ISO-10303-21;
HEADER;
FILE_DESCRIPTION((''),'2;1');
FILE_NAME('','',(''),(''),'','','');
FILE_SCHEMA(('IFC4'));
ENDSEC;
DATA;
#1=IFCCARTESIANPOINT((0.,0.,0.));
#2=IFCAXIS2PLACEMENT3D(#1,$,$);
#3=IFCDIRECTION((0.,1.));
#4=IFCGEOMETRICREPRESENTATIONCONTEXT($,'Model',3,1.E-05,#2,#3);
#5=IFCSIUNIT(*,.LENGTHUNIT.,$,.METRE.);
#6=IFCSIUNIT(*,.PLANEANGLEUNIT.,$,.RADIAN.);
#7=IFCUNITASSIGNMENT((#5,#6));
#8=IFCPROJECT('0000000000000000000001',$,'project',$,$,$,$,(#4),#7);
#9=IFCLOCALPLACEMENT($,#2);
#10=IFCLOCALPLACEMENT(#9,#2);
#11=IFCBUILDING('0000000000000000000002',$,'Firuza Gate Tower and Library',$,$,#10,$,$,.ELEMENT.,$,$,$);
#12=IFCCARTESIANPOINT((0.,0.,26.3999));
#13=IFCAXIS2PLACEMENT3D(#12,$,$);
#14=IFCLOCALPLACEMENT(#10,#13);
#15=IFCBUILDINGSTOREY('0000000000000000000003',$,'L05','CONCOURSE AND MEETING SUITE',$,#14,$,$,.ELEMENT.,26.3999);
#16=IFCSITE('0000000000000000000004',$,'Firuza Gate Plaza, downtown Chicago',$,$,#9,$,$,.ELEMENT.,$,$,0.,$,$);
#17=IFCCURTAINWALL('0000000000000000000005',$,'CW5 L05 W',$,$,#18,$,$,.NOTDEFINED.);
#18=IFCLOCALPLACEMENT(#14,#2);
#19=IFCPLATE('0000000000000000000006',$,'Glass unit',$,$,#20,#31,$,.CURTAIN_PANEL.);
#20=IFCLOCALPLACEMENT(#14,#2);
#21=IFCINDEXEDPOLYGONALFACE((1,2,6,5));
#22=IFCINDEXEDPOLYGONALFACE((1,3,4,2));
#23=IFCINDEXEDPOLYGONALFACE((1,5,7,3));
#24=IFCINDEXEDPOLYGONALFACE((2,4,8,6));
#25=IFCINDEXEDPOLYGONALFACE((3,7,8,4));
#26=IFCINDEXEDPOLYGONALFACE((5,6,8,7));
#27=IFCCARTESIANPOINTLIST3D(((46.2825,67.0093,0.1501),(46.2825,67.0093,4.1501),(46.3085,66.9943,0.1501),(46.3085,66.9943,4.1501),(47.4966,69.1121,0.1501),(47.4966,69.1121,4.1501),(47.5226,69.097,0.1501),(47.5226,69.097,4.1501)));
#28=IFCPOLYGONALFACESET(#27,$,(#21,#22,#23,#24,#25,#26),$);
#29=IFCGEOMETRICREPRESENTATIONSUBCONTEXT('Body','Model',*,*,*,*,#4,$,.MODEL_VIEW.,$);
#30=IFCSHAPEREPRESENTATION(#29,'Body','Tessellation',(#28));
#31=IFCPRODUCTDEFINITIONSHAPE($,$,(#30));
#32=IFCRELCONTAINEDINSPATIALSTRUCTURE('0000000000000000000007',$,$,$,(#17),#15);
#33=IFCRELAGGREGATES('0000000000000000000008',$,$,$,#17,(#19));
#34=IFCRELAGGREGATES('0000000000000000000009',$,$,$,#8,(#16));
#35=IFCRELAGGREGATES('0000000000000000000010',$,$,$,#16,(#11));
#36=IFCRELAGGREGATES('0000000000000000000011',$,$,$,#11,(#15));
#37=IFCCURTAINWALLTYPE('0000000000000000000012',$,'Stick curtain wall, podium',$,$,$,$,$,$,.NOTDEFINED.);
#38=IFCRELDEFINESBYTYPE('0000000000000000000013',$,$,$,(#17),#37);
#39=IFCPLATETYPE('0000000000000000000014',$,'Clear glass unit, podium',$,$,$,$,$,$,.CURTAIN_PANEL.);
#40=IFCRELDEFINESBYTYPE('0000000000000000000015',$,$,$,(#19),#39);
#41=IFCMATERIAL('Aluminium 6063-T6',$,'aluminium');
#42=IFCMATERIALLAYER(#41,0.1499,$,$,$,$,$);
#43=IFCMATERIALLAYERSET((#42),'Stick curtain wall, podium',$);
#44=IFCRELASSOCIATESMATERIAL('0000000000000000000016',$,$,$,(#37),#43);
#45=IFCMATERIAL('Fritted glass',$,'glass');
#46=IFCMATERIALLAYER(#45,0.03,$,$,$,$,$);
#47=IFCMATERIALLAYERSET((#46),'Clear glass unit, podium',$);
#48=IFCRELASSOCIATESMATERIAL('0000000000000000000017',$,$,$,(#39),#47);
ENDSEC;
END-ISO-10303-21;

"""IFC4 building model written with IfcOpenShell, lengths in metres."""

from ifc_helpers import new_model, si_unit, direction, frame, origin, place, context, subcontext, project, spatial, polyline, outline, extrude, material, layer, layer_set, type_object, element, aggregate, save


model = new_model("IFC4")

# Units and contexts
model_context = context("Model", 3, precision=1e-05, world=origin(), true_north=direction((0.0, 1.0)))
body_context = subcontext(model_context, "Body", "Model", "MODEL_VIEW")
ifc_project = project(units=[si_unit("LENGTHUNIT", "METRE"), si_unit("PLANEANGLEUNIT", "RADIAN")], contexts=[model_context])

# Site, building, storey
site_placement = place(None, origin())
site = spatial("IfcSite", under=ifc_project, at=site_placement, Name="Firuza Gate Plaza, downtown Chicago", CompositionType="ELEMENT", RefElevation=0.0)
building_placement = place(site_placement, origin())
building = spatial("IfcBuilding", under=site, at=building_placement, Name="Firuza Gate Tower and Library", CompositionType="ELEMENT")
storey_placement = place(building_placement, frame((0.0, 0.0, 26.3999)))
storey = spatial("IfcBuildingStorey", under=building, at=storey_placement, Name="L05", Description="CONCOURSE AND MEETING SUITE", CompositionType="ELEMENT", Elevation=26.3999)

# Curtain wall
ifc_material_1 = material(Name="Aluminium 6063-T6", Category="aluminium")
ifc_layer_1 = layer(ifc_material_1, 0.1499)
ifc_layer_set_1 = layer_set([ifc_layer_1], Name="Stick curtain wall, podium")
curtain_wall_type = type_object("IfcCurtainWallType", Name="Stick curtain wall, podium", PredefinedType="NOTDEFINED", material=ifc_layer_set_1)
curtain_wall_placement = place(storey_placement, origin())
curtain_wall = element("IfcCurtainWall", 1, at=curtain_wall_placement, inside=storey, type_object=curtain_wall_type, Name="CW5 L05 W", PredefinedType="NOTDEFINED")

# Plate
ifc_material_2 = material(Name="Fritted glass", Category="glass")
ifc_layer_2 = layer(ifc_material_2, 0.03)
ifc_layer_set_2 = layer_set([ifc_layer_2], Name="Clear glass unit, podium")
plate_type = type_object("IfcPlateType", Name="Clear glass unit, podium", PredefinedType="CURTAIN_PANEL", material=ifc_layer_set_2)
plate_1_placement = place(storey_placement, frame((47.4966, 69.1121, 0.1501), z_axis=(-0.866013, 0.500021, 0.0), x_axis=(-0.500021, -0.866013, 0.0)))
plate_1 = element("IfcPlate", 2, at=plate_1_placement, type_object=plate_type, Name="Glass unit", PredefinedType="CURTAIN_PANEL", context=body_context, shape_type="SweptSolid", body=[
    extrude(outline(polyline([(0.0, 0.0), (2.4281, 0.0), (2.4281, 4.0), (0.0, 4.0), (0.0, 0.0)])), origin(), (0.0, 0.0, -1.0), 0.03),
])
aggregate(curtain_wall, [plate_1])

save(model, "model.ifc")
